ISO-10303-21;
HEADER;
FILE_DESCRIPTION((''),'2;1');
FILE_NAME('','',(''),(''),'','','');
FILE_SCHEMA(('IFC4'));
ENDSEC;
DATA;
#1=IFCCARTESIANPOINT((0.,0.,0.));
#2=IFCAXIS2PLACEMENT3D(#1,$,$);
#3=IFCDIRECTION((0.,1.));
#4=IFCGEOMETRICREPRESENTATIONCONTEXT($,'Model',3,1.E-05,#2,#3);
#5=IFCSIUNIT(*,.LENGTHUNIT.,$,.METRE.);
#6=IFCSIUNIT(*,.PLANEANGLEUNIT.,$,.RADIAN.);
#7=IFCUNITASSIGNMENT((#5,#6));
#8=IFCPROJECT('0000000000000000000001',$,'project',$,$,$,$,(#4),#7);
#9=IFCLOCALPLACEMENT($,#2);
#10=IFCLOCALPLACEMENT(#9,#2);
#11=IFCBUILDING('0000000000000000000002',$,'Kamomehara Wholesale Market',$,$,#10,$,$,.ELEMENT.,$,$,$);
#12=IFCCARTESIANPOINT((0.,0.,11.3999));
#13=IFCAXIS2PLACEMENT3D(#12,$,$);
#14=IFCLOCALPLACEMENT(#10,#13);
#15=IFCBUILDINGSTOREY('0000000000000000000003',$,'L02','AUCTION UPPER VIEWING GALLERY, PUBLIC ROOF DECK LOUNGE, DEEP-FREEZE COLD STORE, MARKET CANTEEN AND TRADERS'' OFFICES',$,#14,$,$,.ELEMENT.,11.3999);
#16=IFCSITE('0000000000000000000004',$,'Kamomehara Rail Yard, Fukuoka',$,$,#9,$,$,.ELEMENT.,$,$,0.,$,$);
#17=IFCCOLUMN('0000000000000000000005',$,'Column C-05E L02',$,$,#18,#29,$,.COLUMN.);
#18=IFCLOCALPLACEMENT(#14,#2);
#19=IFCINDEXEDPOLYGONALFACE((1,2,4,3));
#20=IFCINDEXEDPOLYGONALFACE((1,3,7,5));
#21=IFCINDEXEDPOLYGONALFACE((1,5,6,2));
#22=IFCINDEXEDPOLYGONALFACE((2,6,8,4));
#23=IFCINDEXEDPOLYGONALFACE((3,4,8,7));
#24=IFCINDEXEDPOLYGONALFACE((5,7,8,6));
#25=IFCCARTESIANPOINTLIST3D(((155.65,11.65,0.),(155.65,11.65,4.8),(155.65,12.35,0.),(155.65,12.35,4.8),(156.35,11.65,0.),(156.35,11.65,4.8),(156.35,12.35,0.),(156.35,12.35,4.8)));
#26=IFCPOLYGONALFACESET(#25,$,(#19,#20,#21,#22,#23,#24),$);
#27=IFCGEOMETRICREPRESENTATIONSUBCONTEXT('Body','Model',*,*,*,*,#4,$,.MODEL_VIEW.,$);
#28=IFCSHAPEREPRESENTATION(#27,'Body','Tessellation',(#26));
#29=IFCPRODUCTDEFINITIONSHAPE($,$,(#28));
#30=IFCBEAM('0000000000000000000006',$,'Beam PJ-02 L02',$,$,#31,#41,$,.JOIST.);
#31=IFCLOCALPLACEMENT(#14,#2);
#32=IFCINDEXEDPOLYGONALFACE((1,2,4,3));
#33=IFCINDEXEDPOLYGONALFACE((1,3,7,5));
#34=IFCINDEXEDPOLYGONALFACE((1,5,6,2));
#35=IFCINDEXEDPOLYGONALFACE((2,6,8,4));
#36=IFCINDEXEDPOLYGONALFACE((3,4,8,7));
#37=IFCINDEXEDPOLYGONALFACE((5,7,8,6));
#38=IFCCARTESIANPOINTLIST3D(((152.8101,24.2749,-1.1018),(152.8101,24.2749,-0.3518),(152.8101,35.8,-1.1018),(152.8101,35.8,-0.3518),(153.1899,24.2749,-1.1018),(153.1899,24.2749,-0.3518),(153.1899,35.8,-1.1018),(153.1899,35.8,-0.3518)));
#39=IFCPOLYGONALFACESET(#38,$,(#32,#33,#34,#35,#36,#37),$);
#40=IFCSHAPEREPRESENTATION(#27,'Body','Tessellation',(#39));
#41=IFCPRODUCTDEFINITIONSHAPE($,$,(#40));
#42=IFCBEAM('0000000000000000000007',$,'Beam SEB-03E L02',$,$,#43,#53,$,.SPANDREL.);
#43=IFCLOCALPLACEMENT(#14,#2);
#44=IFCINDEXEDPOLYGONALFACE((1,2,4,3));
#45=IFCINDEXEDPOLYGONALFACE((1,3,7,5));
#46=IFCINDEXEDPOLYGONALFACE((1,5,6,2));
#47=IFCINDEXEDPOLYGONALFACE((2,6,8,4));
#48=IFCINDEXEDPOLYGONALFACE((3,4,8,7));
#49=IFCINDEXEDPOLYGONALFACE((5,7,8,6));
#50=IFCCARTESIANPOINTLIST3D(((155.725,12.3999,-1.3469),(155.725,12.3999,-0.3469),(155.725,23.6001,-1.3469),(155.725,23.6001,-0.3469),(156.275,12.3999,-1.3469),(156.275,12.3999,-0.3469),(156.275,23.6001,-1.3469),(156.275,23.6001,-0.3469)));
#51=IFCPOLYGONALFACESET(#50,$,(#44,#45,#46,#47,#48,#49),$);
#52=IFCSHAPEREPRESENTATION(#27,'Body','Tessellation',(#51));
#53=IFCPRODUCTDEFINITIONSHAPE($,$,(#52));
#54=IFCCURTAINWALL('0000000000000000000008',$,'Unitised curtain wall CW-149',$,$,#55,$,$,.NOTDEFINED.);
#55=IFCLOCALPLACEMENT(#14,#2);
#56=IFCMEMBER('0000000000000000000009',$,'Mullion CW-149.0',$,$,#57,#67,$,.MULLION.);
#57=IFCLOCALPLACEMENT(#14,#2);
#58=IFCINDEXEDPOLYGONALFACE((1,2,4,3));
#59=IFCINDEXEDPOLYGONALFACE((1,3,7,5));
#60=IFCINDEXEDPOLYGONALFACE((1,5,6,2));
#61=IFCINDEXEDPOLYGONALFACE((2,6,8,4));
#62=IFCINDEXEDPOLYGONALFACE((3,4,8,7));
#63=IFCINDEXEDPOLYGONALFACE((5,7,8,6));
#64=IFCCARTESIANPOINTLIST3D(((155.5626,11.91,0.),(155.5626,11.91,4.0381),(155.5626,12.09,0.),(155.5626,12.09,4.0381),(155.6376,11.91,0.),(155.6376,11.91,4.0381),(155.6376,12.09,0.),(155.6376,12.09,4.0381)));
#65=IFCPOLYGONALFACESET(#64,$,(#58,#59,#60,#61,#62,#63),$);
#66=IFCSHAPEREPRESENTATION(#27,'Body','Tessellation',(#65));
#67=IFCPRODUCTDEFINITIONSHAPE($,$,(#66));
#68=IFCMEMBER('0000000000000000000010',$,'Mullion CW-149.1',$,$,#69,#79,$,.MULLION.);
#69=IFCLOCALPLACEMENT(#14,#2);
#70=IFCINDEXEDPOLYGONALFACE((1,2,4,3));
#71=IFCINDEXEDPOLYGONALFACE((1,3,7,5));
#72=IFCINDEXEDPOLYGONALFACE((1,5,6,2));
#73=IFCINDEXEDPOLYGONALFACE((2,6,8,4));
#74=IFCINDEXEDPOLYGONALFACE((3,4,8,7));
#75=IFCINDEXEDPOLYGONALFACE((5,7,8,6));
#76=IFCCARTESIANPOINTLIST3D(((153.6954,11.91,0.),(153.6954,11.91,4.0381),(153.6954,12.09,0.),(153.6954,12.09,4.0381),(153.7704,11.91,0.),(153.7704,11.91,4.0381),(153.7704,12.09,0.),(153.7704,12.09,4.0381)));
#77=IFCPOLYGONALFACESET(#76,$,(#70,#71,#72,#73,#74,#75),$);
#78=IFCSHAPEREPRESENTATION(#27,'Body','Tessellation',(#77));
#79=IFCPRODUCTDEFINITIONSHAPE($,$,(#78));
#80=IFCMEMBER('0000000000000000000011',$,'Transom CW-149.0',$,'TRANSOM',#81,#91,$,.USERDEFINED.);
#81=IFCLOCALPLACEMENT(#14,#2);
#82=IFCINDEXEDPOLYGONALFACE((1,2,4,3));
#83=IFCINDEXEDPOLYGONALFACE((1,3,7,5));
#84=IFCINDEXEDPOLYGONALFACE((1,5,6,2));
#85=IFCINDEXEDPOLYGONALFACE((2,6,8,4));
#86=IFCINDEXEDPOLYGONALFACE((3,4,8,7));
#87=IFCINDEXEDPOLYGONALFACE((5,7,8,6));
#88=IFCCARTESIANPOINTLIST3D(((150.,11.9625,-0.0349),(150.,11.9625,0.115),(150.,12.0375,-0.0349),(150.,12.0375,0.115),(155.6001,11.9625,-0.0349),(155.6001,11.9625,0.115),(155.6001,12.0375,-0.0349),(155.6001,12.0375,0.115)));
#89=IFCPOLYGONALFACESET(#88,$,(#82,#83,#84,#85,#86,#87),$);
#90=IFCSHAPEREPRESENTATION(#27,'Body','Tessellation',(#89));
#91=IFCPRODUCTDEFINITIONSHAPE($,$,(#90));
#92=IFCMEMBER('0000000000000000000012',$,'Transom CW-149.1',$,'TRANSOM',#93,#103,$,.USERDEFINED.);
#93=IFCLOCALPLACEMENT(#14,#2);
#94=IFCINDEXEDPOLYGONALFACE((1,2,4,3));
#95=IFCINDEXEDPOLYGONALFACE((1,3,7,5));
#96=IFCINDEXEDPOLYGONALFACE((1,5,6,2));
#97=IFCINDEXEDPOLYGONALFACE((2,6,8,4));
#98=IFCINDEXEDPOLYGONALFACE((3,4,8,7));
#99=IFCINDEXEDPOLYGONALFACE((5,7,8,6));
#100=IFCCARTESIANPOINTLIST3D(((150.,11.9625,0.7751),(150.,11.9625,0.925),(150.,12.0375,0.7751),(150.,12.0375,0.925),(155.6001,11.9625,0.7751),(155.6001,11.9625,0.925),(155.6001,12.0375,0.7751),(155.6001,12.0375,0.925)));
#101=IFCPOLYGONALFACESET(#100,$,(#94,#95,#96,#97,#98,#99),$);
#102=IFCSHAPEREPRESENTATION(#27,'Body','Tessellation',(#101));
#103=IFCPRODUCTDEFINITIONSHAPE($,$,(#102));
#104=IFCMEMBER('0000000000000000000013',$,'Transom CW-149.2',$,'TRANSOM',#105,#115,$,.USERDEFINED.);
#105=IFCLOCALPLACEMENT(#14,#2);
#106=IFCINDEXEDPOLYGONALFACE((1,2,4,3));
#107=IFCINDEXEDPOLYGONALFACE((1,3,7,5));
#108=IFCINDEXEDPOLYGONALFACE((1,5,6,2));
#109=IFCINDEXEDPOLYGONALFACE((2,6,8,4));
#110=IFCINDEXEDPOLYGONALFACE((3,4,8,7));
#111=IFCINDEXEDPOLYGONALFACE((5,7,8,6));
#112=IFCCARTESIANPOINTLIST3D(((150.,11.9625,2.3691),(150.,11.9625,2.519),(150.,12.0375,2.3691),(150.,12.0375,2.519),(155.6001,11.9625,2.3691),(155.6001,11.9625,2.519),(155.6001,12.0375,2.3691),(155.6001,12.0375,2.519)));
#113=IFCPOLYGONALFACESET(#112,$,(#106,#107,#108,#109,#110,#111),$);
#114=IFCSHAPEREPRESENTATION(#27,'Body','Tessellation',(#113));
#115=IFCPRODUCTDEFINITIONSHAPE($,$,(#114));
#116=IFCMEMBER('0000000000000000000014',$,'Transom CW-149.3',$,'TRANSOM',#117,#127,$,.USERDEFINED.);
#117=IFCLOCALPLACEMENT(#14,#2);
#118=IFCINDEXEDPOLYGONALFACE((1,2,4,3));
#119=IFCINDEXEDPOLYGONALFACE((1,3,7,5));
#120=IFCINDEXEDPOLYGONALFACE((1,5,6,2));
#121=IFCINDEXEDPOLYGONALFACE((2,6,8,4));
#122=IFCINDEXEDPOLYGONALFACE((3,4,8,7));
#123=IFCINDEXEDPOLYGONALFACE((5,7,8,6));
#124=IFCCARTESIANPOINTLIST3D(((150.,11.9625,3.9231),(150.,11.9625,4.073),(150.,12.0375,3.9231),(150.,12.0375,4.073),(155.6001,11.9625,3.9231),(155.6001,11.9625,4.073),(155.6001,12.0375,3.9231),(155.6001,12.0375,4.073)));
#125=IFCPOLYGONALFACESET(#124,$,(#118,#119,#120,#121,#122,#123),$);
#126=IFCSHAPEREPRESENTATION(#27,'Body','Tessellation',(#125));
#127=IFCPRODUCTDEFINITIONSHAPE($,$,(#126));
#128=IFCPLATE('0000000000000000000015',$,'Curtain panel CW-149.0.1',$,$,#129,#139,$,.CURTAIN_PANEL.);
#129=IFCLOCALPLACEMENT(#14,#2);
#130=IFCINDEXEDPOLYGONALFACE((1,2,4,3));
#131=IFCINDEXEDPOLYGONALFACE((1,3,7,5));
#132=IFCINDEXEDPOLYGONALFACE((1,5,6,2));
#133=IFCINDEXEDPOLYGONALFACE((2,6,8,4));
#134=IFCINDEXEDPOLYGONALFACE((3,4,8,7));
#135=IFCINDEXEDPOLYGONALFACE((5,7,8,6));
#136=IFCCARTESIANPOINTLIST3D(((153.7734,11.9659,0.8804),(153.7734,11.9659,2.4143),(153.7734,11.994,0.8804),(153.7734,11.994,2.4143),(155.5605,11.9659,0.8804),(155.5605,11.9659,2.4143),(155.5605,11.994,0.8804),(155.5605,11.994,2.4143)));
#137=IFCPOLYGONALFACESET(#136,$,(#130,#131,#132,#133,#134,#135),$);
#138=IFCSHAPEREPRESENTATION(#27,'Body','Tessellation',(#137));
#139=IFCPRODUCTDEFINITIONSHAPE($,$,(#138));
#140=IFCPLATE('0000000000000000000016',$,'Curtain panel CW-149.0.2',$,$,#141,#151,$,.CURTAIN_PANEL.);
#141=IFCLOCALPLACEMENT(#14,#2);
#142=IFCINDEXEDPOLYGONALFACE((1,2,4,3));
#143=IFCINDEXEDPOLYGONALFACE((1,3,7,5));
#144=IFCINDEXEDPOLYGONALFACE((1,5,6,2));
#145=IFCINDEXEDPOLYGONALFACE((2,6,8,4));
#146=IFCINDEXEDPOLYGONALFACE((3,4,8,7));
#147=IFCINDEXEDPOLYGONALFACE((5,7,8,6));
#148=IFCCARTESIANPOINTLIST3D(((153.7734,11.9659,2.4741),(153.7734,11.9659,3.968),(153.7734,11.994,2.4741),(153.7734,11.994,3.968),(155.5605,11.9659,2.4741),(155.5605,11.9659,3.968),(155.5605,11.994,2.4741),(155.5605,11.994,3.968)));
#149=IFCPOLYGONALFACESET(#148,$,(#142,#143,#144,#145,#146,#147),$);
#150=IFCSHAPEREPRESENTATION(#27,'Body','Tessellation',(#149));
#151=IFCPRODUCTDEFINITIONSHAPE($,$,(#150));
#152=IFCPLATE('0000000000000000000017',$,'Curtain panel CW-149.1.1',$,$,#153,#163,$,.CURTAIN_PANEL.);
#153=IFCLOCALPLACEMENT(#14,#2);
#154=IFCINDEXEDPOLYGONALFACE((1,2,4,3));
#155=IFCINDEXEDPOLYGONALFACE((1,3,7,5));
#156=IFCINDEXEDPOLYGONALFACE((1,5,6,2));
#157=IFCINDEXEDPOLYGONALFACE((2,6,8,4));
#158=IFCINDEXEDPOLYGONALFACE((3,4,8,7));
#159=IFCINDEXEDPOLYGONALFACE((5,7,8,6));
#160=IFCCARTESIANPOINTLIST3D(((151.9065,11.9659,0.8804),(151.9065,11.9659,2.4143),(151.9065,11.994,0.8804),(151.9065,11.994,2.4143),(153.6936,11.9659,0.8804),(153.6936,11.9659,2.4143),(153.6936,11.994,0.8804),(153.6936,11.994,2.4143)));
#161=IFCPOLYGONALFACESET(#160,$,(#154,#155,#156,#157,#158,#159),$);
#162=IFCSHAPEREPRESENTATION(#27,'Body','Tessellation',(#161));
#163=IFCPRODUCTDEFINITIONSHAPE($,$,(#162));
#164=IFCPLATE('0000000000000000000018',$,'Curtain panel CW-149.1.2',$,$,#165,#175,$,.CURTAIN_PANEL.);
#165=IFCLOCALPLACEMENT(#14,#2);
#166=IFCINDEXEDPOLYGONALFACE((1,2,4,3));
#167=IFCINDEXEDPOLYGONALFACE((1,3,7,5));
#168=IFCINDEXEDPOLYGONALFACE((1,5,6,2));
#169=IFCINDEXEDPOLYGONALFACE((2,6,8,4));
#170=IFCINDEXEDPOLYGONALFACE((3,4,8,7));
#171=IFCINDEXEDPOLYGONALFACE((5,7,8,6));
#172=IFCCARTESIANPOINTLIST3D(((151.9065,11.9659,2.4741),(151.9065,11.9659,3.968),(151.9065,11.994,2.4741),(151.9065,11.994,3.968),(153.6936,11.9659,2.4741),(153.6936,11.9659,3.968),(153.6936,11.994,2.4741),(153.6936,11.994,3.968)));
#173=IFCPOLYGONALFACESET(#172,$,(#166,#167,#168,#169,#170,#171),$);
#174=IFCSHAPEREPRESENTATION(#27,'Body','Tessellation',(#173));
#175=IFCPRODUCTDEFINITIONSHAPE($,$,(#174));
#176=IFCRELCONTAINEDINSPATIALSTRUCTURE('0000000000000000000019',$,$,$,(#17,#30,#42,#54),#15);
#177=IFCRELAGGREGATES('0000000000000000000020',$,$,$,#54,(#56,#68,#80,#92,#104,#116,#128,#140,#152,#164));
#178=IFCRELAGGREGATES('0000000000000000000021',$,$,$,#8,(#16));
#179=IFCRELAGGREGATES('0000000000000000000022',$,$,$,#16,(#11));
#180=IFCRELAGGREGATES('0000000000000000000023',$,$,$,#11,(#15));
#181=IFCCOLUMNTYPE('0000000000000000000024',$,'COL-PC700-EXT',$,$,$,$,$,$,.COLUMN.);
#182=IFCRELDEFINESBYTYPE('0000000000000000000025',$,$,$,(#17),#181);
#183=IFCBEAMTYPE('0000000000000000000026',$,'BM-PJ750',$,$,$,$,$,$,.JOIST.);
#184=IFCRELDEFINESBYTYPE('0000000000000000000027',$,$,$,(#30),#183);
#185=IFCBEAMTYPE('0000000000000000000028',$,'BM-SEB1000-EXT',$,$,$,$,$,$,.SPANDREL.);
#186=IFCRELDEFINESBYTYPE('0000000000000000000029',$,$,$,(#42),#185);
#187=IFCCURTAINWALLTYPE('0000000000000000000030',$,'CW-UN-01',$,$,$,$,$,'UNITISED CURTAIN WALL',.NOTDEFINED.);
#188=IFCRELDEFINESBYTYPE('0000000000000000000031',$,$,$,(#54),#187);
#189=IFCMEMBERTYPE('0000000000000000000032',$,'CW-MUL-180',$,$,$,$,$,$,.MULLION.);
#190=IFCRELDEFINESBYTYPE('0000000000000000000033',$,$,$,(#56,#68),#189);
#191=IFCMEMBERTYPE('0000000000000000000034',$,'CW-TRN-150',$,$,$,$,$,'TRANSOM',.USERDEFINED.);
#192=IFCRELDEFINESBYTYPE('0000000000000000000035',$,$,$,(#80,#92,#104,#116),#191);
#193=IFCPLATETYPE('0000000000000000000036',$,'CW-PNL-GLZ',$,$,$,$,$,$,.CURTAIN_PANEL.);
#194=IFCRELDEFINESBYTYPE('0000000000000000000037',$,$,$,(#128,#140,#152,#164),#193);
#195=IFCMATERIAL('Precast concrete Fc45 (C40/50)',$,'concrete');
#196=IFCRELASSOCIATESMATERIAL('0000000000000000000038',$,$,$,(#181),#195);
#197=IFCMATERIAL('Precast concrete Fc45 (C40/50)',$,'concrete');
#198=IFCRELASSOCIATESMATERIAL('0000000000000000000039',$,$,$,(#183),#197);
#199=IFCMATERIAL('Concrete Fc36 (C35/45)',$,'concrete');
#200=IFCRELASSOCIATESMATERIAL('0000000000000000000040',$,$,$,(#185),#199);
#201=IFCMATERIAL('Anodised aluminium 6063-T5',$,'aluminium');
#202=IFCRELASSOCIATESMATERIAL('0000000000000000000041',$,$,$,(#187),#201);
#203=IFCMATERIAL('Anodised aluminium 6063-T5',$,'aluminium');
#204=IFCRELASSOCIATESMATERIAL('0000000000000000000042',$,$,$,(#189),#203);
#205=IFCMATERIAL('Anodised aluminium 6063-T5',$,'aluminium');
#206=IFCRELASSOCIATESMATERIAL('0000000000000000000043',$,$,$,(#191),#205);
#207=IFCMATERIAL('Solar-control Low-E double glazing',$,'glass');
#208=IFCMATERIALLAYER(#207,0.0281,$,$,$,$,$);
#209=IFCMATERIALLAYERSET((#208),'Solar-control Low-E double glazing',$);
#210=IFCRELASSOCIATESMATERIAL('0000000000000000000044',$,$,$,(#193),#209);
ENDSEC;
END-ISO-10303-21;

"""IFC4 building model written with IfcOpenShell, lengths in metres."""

from ifc_helpers import new_model, si_unit, direction, frame, origin, origin_2d, place, context, subcontext, project, spatial, rectangle, extrude, material, layer, layer_set, material_profile, profile_set, type_object, element, aggregate, save


model = new_model("IFC4")

# Units and contexts
model_context = context("Model", 3, precision=1e-05, world=origin(), true_north=direction((0.0, 1.0)))
body_context = subcontext(model_context, "Body", "Model", "MODEL_VIEW")
ifc_project = project(units=[si_unit("LENGTHUNIT", "METRE"), si_unit("PLANEANGLEUNIT", "RADIAN")], contexts=[model_context])

# Site, building, storey
site_placement = place(None, origin())
site = spatial("IfcSite", under=ifc_project, at=site_placement, Name="Kamomehara Rail Yard, Fukuoka", CompositionType="ELEMENT", RefElevation=0.0)
building_placement = place(site_placement, origin())
building = spatial("IfcBuilding", under=site, at=building_placement, Name="Kamomehara Wholesale Market", CompositionType="ELEMENT")
storey_placement = place(building_placement, frame((0.0, 0.0, 11.3999)))
storey = spatial("IfcBuildingStorey", under=building, at=storey_placement, Name="L02", Description="AUCTION UPPER VIEWING GALLERY, PUBLIC ROOF DECK LOUNGE, DEEP-FREEZE COLD STORE, MARKET CANTEEN AND TRADERS' OFFICES", CompositionType="ELEMENT", Elevation=11.3999)

# Column
ifc_material_1 = material(Name="Precast concrete Fc45 (C40/50)", Category="concrete")
ifc_material_profile_1 = material_profile(ifc_material_1, rectangle(XDim=0.7, YDim=0.7, at=origin_2d()), Name="PC-COL-700x700")
ifc_profile_set_1 = profile_set([ifc_material_profile_1], Name="Precast concrete Fc45 (C40/50)")
column_type = type_object("IfcColumnType", Name="COL-PC700-EXT", PredefinedType="COLUMN", material=ifc_profile_set_1)
column_placement = place(storey_placement, frame((156.0, 12.0, 0.0), z_axis=(0.0, 0.0, 1.0), x_axis=(1.0, 0.0, 0.0)))
element("IfcColumn", 1, at=column_placement, inside=storey, type_object=column_type, Name="Column C-05E L02", PredefinedType="COLUMN", context=body_context, shape_type="SweptSolid", body=[
    extrude(rectangle(XDim=0.7, YDim=0.7, at=origin_2d()), origin(), (0.0, 0.0, 1.0), 4.8),
])

# Beams
ifc_material_2 = material(Name="Precast concrete Fc45 (C40/50)", Category="concrete")
ifc_material_profile_2 = material_profile(ifc_material_2, rectangle(XDim=0.3799, YDim=0.75, at=origin_2d()), Name="PC-JST-380x750")
ifc_profile_set_2 = profile_set([ifc_material_profile_2], Name="Precast concrete Fc45 (C40/50)")
beam_type_1 = type_object("IfcBeamType", Name="BM-PJ750", PredefinedType="JOIST", material=ifc_profile_set_2)
beam_1_placement = place(storey_placement, frame((153.0, 24.2749, -0.7268), z_axis=(0.0, 1.0, 0.0), x_axis=(-1.0, 0.0, 0.0)))
element("IfcBeam", 2, at=beam_1_placement, inside=storey, type_object=beam_type_1, Name="Beam PJ-02 L02", PredefinedType="JOIST", context=body_context, shape_type="SweptSolid", body=[
    extrude(rectangle(XDim=0.3799, YDim=0.75, at=origin_2d()), origin(), (0.0, 0.0, 1.0), 11.5251),
])
ifc_material_3 = material(Name="Concrete Fc36 (C35/45)", Category="concrete")
ifc_material_profile_3 = material_profile(ifc_material_3, rectangle(XDim=0.55, YDim=1.0, at=origin_2d()), Name="RC-SEB-550x1000")
ifc_profile_set_3 = profile_set([ifc_material_profile_3], Name="Concrete Fc36 (C35/45)")
beam_type_2 = type_object("IfcBeamType", Name="BM-SEB1000-EXT", PredefinedType="SPANDREL", material=ifc_profile_set_3)
beam_2_placement = place(storey_placement, frame((156.0, 12.3999, -0.8469), z_axis=(0.0, 1.0, 0.0), x_axis=(-1.0, 0.0, 0.0)))
element("IfcBeam", 3, at=beam_2_placement, inside=storey, type_object=beam_type_2, Name="Beam SEB-03E L02", PredefinedType="SPANDREL", context=body_context, shape_type="SweptSolid", body=[
    extrude(rectangle(XDim=0.55, YDim=1.0, at=origin_2d()), origin(), (0.0, 0.0, 1.0), 11.2002),
])

# Curtain wall, members, plates
ifc_material_4 = material(Name="Anodised aluminium 6063-T5", Category="aluminium")
curtain_wall_type = type_object("IfcCurtainWallType", Name="CW-UN-01", ElementType="UNITISED CURTAIN WALL", PredefinedType="NOTDEFINED", material=ifc_material_4)
curtain_wall_placement = place(storey_placement, origin())
curtain_wall = element("IfcCurtainWall", 4, at=curtain_wall_placement, inside=storey, type_object=curtain_wall_type, Name="Unitised curtain wall CW-149", PredefinedType="NOTDEFINED")
ifc_material_5 = material(Name="Anodised aluminium 6063-T5", Category="aluminium")
ifc_material_profile_4 = material_profile(ifc_material_5, rectangle(XDim=0.075, YDim=0.1799, at=origin_2d()), Name="ALU-MUL-75x180")
ifc_profile_set_4 = profile_set([ifc_material_profile_4], Name="Anodised aluminium 6063-T5")
member_type_1 = type_object("IfcMemberType", Name="CW-MUL-180", PredefinedType="MULLION", material=ifc_profile_set_4)
member_1_placement = place(storey_placement, frame((155.6001, 12.0, 0.0), z_axis=(0.0, 0.0, 1.0), x_axis=(-1.0, 0.0, 0.0)))
member_1 = element("IfcMember", 5, at=member_1_placement, type_object=member_type_1, Name="Mullion CW-149.0", PredefinedType="MULLION", context=body_context, shape_type="SweptSolid", body=[
    extrude(rectangle(XDim=0.075, YDim=0.1799, at=origin_2d()), origin(), (0.0, 0.0, 1.0), 4.0381),
])
member_2_placement = place(storey_placement, frame((153.7329, 12.0, 0.0), z_axis=(0.0, 0.0, 1.0), x_axis=(-1.0, 0.0, 0.0)))
member_2 = element("IfcMember", 6, at=member_2_placement, type_object=member_type_1, Name="Mullion CW-149.1", PredefinedType="MULLION", context=body_context, shape_type="SweptSolid", body=[
    extrude(rectangle(XDim=0.075, YDim=0.1799, at=origin_2d()), origin(), (0.0, 0.0, 1.0), 4.0381),
])
ifc_material_6 = material(Name="Anodised aluminium 6063-T5", Category="aluminium")
ifc_material_profile_5 = material_profile(ifc_material_6, rectangle(XDim=0.075, YDim=0.1499, at=origin_2d()), Name="ALU-TRN-75x150")
ifc_profile_set_5 = profile_set([ifc_material_profile_5], Name="Anodised aluminium 6063-T5")
member_type_2 = type_object("IfcMemberType", Name="CW-TRN-150", ElementType="TRANSOM", PredefinedType="USERDEFINED", material=ifc_profile_set_5)
member_3_placement = place(storey_placement, frame((155.6001, 12.0, 0.04), z_axis=(-1.0, 0.0, 0.0), x_axis=(0.0, -1.0, 0.0)))
member_3 = element("IfcMember", 7, at=member_3_placement, type_object=member_type_2, Name="Transom CW-149.0", ObjectType="TRANSOM", PredefinedType="USERDEFINED", context=body_context, shape_type="SweptSolid", body=[
    extrude(rectangle(XDim=0.075, YDim=0.1499, at=origin_2d()), origin(), (0.0, 0.0, 1.0), 5.6001),
])
member_4_placement = place(storey_placement, frame((155.6001, 12.0, 0.8501), z_axis=(-1.0, 0.0, 0.0), x_axis=(0.0, -1.0, 0.0)))
member_4 = element("IfcMember", 8, at=member_4_placement, type_object=member_type_2, Name="Transom CW-149.1", ObjectType="TRANSOM", PredefinedType="USERDEFINED", context=body_context, shape_type="SweptSolid", body=[
    extrude(rectangle(XDim=0.075, YDim=0.1499, at=origin_2d()), origin(), (0.0, 0.0, 1.0), 5.6001),
])
member_5_placement = place(storey_placement, frame((155.6001, 12.0, 2.4441), z_axis=(-1.0, 0.0, 0.0), x_axis=(0.0, -1.0, 0.0)))
member_5 = element("IfcMember", 9, at=member_5_placement, type_object=member_type_2, Name="Transom CW-149.2", ObjectType="TRANSOM", PredefinedType="USERDEFINED", context=body_context, shape_type="SweptSolid", body=[
    extrude(rectangle(XDim=0.075, YDim=0.1499, at=origin_2d()), origin(), (0.0, 0.0, 1.0), 5.6001),
])
member_6_placement = place(storey_placement, frame((155.6001, 12.0, 3.998), z_axis=(-1.0, 0.0, 0.0), x_axis=(0.0, -1.0, 0.0)))
member_6 = element("IfcMember", 10, at=member_6_placement, type_object=member_type_2, Name="Transom CW-149.3", ObjectType="TRANSOM", PredefinedType="USERDEFINED", context=body_context, shape_type="SweptSolid", body=[
    extrude(rectangle(XDim=0.075, YDim=0.1499, at=origin_2d()), origin(), (0.0, 0.0, 1.0), 5.6001),
])
ifc_material_7 = material(Name="Solar-control Low-E double glazing", Category="glass")
ifc_layer_1 = layer(ifc_material_7, 0.0281)
ifc_layer_set_1 = layer_set([ifc_layer_1], Name="Solar-control Low-E double glazing")
plate_type_1 = type_object("IfcPlateType", Name="CW-PNL-GLZ", PredefinedType="CURTAIN_PANEL", material=ifc_layer_set_1)
plate_1_placement = place(storey_placement, frame((154.667, 11.98, 0.8804), z_axis=(0.0, 0.0, 1.0), x_axis=(-1.0, 0.0, 0.0)))
plate_1 = element("IfcPlate", 11, at=plate_1_placement, type_object=plate_type_1, Name="Curtain panel CW-149.0.1", PredefinedType="CURTAIN_PANEL", context=body_context, shape_type="SweptSolid", body=[
    extrude(rectangle(XDim=1.7871, YDim=0.0281, at=origin_2d()), origin(), (0.0, 0.0, 1.0), 1.5339),
])
plate_2_placement = place(storey_placement, frame((154.667, 11.98, 2.4741), z_axis=(0.0, 0.0, 1.0), x_axis=(-1.0, 0.0, 0.0)))
plate_2 = element("IfcPlate", 12, at=plate_2_placement, type_object=plate_type_1, Name="Curtain panel CW-149.0.2", PredefinedType="CURTAIN_PANEL", context=body_context, shape_type="SweptSolid", body=[
    extrude(rectangle(XDim=1.7871, YDim=0.0281, at=origin_2d()), origin(), (0.0, 0.0, 1.0), 1.4939),
])
plate_3_placement = place(storey_placement, frame((152.8, 11.98, 0.8804), z_axis=(0.0, 0.0, 1.0), x_axis=(-1.0, 0.0, 0.0)))
plate_3 = element("IfcPlate", 13, at=plate_3_placement, type_object=plate_type_1, Name="Curtain panel CW-149.1.1", PredefinedType="CURTAIN_PANEL", context=body_context, shape_type="SweptSolid", body=[
    extrude(rectangle(XDim=1.7871, YDim=0.0281, at=origin_2d()), origin(), (0.0, 0.0, 1.0), 1.5339),
])
plate_4_placement = place(storey_placement, frame((152.8, 11.98, 2.4741), z_axis=(0.0, 0.0, 1.0), x_axis=(-1.0, 0.0, 0.0)))
plate_4 = element("IfcPlate", 14, at=plate_4_placement, type_object=plate_type_1, Name="Curtain panel CW-149.1.2", PredefinedType="CURTAIN_PANEL", context=body_context, shape_type="SweptSolid", body=[
    extrude(rectangle(XDim=1.7871, YDim=0.0281, at=origin_2d()), origin(), (0.0, 0.0, 1.0), 1.4939),
])
aggregate(curtain_wall, [member_1, member_2, member_3, member_4, member_5, member_6, plate_1, plate_2, plate_3, plate_4])

save(model, "model.ifc")
